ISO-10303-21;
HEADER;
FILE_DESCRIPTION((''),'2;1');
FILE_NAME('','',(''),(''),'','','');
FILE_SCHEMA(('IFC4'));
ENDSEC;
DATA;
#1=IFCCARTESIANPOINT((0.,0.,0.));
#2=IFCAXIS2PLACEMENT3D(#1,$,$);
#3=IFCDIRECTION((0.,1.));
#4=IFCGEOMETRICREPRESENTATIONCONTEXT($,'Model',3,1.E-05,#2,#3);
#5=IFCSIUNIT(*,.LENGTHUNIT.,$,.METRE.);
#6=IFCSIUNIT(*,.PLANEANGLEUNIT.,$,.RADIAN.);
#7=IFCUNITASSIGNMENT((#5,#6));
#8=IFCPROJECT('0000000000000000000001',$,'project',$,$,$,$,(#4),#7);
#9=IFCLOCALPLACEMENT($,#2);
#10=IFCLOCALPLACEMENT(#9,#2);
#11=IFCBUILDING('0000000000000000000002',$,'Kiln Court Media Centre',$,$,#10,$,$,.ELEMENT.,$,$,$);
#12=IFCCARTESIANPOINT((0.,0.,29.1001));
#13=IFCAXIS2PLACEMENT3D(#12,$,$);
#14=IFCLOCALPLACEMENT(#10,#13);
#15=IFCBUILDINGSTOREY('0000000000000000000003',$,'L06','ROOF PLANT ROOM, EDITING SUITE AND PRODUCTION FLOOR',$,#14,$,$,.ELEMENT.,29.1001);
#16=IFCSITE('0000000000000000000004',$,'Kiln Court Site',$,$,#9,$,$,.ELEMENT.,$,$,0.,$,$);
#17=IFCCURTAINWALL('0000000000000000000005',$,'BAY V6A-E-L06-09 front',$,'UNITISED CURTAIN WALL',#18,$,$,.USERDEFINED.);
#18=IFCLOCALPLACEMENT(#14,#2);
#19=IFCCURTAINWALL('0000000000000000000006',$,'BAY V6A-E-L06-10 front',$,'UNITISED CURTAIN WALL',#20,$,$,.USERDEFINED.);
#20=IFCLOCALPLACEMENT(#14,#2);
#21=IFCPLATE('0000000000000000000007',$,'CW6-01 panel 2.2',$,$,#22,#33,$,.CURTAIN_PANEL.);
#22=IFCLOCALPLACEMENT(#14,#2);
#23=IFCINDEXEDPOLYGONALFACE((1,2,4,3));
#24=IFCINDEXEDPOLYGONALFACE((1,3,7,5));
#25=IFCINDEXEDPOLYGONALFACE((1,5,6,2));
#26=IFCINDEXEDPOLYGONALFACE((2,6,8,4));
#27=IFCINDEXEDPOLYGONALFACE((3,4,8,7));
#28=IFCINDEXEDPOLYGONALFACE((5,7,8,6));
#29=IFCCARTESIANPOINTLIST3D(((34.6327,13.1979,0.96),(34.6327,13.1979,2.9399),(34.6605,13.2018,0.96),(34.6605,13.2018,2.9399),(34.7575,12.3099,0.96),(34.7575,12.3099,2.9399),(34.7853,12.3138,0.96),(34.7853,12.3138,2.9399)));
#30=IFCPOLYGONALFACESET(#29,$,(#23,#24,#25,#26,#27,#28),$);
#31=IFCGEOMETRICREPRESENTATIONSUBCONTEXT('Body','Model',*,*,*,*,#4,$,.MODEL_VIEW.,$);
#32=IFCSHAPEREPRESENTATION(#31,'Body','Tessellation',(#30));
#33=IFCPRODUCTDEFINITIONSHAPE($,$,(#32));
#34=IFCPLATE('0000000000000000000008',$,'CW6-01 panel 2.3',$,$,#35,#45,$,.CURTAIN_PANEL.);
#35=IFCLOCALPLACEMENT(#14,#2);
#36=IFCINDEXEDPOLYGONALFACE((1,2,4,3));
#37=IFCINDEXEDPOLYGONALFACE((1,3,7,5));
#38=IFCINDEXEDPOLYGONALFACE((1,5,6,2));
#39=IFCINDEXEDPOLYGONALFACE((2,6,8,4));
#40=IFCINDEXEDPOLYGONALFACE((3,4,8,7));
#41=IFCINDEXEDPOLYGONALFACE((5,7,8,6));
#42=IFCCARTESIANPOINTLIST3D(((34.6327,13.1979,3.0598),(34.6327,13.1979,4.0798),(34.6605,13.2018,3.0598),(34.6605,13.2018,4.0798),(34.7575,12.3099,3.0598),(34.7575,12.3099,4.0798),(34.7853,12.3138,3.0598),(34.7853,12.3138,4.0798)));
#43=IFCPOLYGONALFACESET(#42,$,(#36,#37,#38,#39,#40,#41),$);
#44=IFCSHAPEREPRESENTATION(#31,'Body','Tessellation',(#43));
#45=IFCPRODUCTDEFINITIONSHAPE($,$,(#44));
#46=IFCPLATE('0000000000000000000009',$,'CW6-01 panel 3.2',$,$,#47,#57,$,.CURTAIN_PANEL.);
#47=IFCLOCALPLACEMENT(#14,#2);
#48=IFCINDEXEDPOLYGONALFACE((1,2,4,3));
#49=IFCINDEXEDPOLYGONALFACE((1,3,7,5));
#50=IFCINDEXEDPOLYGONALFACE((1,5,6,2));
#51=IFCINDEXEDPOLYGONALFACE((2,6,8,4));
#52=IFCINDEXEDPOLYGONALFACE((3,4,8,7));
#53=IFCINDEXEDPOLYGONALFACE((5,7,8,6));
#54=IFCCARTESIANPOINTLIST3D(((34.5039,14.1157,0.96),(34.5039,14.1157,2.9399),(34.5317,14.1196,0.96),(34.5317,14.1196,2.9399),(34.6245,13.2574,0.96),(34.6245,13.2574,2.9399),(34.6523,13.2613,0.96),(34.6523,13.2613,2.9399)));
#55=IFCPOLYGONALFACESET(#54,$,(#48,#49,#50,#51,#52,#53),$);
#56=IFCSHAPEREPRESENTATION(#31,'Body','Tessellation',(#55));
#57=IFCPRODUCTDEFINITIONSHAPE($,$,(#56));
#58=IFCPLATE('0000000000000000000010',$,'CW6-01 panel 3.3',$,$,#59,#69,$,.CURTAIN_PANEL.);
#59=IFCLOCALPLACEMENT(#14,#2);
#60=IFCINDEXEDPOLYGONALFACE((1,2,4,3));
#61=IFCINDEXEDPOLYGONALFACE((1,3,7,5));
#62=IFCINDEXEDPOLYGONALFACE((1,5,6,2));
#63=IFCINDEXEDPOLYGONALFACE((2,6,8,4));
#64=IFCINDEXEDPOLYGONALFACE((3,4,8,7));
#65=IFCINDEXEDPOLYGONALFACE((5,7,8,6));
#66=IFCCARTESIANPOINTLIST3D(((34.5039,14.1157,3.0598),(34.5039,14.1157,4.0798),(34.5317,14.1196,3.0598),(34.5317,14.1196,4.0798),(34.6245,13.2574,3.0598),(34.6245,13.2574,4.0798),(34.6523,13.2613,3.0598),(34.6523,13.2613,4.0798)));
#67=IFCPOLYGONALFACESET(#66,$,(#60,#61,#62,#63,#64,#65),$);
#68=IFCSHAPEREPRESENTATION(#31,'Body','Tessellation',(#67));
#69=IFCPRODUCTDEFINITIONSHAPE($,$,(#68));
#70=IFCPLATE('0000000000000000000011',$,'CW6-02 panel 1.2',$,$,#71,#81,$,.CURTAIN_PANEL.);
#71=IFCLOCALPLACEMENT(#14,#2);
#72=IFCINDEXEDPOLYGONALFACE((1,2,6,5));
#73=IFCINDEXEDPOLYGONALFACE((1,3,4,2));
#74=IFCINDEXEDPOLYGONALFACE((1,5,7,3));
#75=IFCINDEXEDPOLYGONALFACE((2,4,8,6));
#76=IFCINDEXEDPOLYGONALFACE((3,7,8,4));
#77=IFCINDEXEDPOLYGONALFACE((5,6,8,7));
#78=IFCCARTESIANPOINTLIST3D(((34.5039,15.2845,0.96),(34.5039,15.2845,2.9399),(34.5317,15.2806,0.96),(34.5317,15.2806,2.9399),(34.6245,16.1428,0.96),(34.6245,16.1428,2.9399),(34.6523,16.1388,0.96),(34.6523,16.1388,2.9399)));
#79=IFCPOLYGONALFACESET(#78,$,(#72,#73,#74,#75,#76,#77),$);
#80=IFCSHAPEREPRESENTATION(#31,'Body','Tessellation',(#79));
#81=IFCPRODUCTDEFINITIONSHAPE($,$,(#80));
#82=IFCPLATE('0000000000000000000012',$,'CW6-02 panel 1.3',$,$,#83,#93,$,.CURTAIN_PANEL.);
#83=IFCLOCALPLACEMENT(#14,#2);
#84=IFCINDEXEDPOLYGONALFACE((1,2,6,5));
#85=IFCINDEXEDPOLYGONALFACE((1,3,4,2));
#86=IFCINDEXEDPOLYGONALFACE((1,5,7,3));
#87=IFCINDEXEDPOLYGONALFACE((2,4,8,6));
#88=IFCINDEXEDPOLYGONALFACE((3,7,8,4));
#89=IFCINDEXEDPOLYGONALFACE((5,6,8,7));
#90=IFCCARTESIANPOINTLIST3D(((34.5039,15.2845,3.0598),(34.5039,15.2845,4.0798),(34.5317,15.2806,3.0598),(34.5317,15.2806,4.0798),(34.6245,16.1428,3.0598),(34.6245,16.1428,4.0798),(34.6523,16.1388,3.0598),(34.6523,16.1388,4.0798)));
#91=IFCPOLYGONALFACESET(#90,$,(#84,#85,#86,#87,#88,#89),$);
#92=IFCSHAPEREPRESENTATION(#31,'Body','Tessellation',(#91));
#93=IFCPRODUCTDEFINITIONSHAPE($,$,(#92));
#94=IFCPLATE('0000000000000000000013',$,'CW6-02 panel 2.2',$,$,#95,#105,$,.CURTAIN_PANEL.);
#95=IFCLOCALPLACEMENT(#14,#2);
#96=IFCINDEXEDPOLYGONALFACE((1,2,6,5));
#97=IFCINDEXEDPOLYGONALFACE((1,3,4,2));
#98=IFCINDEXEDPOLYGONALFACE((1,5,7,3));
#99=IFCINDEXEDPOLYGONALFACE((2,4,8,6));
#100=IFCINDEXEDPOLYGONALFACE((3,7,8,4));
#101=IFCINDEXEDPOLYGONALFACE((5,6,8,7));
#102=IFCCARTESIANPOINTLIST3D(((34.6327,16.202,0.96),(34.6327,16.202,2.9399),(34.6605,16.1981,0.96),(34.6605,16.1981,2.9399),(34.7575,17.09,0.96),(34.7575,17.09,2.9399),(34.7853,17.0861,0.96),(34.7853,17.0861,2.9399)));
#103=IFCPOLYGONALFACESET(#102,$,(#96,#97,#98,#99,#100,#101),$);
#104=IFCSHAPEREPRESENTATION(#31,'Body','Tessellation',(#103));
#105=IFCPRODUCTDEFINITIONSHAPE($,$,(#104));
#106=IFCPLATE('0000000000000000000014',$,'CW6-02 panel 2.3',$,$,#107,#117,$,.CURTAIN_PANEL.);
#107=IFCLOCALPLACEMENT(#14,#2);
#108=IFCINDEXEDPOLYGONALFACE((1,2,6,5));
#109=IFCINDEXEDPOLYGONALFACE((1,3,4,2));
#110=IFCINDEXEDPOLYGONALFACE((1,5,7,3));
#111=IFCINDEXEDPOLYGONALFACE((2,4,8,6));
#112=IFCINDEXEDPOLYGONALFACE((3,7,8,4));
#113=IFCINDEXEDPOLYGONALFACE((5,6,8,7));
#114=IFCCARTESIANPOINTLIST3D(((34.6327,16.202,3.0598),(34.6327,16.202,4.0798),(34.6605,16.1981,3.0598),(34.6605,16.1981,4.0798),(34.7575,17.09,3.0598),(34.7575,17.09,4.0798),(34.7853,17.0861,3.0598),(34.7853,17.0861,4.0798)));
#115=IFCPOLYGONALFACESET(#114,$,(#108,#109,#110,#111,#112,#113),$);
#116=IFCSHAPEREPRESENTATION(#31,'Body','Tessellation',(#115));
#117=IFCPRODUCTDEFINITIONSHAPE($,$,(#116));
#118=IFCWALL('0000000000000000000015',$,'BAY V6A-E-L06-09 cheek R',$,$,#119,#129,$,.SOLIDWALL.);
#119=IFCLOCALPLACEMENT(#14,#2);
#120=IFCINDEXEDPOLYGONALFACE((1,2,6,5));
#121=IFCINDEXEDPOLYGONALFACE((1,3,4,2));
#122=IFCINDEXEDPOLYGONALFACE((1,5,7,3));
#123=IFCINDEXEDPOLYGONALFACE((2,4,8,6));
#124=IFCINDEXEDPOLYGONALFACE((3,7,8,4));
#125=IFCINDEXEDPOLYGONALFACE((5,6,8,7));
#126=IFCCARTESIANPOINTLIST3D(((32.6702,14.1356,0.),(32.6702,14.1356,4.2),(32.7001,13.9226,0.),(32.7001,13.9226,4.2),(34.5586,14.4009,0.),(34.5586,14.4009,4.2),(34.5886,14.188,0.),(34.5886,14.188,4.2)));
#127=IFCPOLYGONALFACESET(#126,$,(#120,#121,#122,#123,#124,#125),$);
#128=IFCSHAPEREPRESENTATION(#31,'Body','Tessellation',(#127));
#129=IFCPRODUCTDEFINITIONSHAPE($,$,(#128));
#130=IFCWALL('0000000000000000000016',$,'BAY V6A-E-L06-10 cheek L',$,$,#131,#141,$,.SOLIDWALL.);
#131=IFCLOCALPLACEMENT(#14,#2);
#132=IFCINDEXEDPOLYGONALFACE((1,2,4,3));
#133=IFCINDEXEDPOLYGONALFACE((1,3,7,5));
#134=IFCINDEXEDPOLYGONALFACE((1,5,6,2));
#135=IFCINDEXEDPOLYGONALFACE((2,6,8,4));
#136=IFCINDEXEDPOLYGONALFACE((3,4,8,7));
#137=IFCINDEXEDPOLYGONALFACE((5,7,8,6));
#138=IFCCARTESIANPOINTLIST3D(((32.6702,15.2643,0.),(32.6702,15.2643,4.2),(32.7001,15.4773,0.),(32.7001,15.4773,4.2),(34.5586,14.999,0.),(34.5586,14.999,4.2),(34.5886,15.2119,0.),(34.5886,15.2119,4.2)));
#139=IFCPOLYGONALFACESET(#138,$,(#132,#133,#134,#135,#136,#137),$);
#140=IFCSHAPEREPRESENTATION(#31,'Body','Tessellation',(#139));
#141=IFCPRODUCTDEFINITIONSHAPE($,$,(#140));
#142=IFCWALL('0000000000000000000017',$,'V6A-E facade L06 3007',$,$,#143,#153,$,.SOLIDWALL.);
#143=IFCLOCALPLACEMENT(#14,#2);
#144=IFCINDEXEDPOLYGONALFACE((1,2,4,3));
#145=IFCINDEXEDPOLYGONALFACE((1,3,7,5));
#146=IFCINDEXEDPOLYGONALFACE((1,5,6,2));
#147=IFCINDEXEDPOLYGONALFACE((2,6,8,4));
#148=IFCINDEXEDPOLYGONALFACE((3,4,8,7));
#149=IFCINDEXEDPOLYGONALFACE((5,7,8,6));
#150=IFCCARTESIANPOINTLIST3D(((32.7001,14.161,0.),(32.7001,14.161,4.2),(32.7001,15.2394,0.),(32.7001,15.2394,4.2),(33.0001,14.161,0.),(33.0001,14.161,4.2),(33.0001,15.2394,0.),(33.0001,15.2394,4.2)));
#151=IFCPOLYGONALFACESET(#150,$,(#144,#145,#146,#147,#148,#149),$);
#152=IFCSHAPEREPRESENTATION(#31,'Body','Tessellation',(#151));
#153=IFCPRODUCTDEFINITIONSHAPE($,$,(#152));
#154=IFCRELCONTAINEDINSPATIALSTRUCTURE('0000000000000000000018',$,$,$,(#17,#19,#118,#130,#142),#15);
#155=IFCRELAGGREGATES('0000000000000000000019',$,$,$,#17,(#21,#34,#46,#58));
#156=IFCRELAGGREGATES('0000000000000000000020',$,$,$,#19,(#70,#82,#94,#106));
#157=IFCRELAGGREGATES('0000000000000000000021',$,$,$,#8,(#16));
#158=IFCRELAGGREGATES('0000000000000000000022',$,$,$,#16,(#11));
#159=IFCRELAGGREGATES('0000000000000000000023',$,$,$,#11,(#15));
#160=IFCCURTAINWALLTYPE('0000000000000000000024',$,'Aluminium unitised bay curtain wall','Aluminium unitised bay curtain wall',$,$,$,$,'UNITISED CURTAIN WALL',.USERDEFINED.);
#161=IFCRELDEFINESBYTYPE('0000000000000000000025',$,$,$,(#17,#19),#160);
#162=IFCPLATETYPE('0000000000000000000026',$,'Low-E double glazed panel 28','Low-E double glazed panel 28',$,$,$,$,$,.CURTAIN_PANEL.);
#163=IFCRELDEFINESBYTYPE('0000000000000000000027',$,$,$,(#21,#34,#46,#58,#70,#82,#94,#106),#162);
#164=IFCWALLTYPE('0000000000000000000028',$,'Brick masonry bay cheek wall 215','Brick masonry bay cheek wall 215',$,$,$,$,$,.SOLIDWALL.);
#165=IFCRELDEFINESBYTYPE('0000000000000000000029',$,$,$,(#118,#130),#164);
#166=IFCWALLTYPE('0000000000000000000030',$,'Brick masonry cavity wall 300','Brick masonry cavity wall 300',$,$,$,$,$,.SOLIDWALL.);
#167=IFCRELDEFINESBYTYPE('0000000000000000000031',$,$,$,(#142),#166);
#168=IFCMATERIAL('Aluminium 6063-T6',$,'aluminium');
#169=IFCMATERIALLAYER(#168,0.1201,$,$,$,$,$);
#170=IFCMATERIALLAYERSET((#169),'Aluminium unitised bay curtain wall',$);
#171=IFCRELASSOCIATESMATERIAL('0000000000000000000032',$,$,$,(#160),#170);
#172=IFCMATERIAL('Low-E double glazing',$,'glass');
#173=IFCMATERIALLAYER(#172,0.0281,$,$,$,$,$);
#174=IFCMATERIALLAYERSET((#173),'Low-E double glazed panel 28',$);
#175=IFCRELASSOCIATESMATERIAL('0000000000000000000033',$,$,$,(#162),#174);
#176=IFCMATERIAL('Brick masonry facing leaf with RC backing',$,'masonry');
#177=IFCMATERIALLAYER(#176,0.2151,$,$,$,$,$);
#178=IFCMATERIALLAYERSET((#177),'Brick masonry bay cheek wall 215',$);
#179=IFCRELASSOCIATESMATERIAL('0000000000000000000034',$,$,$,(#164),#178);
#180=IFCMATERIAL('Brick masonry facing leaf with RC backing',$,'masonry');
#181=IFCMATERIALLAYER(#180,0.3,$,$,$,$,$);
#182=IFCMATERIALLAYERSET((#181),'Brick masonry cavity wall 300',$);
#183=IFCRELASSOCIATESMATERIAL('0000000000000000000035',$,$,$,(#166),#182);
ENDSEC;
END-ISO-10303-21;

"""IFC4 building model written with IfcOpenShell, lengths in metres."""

from ifc_helpers import new_model, si_unit, direction, frame, frame_2d, origin, origin_2d, place, context, subcontext, project, spatial, rectangle, extrude, material, layer, layer_set, type_object, element, aggregate, save


model = new_model("IFC4")

# Units and contexts
model_context = context("Model", 3, precision=1e-05, world=origin(), true_north=direction((0.0, 1.0)))
body_context = subcontext(model_context, "Body", "Model", "MODEL_VIEW")
ifc_project = project(units=[si_unit("LENGTHUNIT", "METRE"), si_unit("PLANEANGLEUNIT", "RADIAN")], contexts=[model_context])

# Site, building, storey
site_placement = place(None, origin())
site = spatial("IfcSite", under=ifc_project, at=site_placement, Name="Kiln Court Site", CompositionType="ELEMENT", RefElevation=0.0)
building_placement = place(site_placement, origin())
building = spatial("IfcBuilding", under=site, at=building_placement, Name="Kiln Court Media Centre", CompositionType="ELEMENT")
storey_placement = place(building_placement, frame((0.0, 0.0, 29.1001)))
storey = spatial("IfcBuildingStorey", under=building, at=storey_placement, Name="L06", Description="ROOF PLANT ROOM, EDITING SUITE AND PRODUCTION FLOOR", CompositionType="ELEMENT", Elevation=29.1001)

# Curtain walls
ifc_material_1 = material(Name="Aluminium 6063-T6", Category="aluminium")
ifc_layer_1 = layer(ifc_material_1, 0.1201)
ifc_layer_set_1 = layer_set([ifc_layer_1], Name="Aluminium unitised bay curtain wall")
curtain_wall_type = type_object("IfcCurtainWallType", Name="Aluminium unitised bay curtain wall", Description="Aluminium unitised bay curtain wall", ElementType="UNITISED CURTAIN WALL", PredefinedType="USERDEFINED", material=ifc_layer_set_1)
curtain_wall_1_placement = place(storey_placement, origin())
curtain_wall_1 = element("IfcCurtainWall", 1, at=curtain_wall_1_placement, inside=storey, type_object=curtain_wall_type, Name="BAY V6A-E-L06-09 front", ObjectType="UNITISED CURTAIN WALL", PredefinedType="USERDEFINED")
curtain_wall_2_placement = place(storey_placement, origin())
curtain_wall_2 = element("IfcCurtainWall", 2, at=curtain_wall_2_placement, inside=storey, type_object=curtain_wall_type, Name="BAY V6A-E-L06-10 front", ObjectType="UNITISED CURTAIN WALL", PredefinedType="USERDEFINED")

# Plates
ifc_material_2 = material(Name="Low-E double glazing", Category="glass")
ifc_layer_2 = layer(ifc_material_2, 0.0281)
ifc_layer_set_2 = layer_set([ifc_layer_2], Name="Low-E double glazed panel 28")
plate_type_1 = type_object("IfcPlateType", Name="Low-E double glazed panel 28", Description="Low-E double glazed panel 28", PredefinedType="CURTAIN_PANEL", material=ifc_layer_set_2)
plate_1_placement = place(storey_placement, frame((34.709, 12.7559, 0.96), z_axis=(0.0, 0.0, 1.0), x_axis=(-0.139162, 0.99027, 0.0)))
plate_1 = element("IfcPlate", 3, at=plate_1_placement, type_object=plate_type_1, Name="CW6-01 panel 2.2", PredefinedType="CURTAIN_PANEL", context=body_context, shape_type="SweptSolid", body=[
    extrude(rectangle(XDim=0.8967, YDim=0.0281, at=origin_2d()), origin(), (0.0, 0.0, 1.0), 1.98),
])
plate_2_placement = place(storey_placement, frame((34.709, 12.7559, 3.0598), z_axis=(0.0, 0.0, 1.0), x_axis=(-0.139162, 0.99027, 0.0)))
plate_2 = element("IfcPlate", 4, at=plate_2_placement, type_object=plate_type_1, Name="CW6-01 panel 2.3", PredefinedType="CURTAIN_PANEL", context=body_context, shape_type="SweptSolid", body=[
    extrude(rectangle(XDim=0.8967, YDim=0.0281, at=origin_2d()), origin(), (0.0, 0.0, 1.0), 1.02),
])
plate_3_placement = place(storey_placement, frame((34.5781, 13.6885, 0.96), z_axis=(0.0, 0.0, 1.0), x_axis=(-0.139162, 0.99027, 0.0)))
plate_3 = element("IfcPlate", 5, at=plate_3_placement, type_object=plate_type_1, Name="CW6-01 panel 3.2", PredefinedType="CURTAIN_PANEL", context=body_context, shape_type="SweptSolid", body=[
    extrude(rectangle(XDim=0.8667, YDim=0.0281, at=origin_2d()), origin(), (0.0, 0.0, 1.0), 1.98),
])
plate_4_placement = place(storey_placement, frame((34.5781, 13.6885, 3.0598), z_axis=(0.0, 0.0, 1.0), x_axis=(-0.139162, 0.99027, 0.0)))
plate_4 = element("IfcPlate", 6, at=plate_4_placement, type_object=plate_type_1, Name="CW6-01 panel 3.3", PredefinedType="CURTAIN_PANEL", context=body_context, shape_type="SweptSolid", body=[
    extrude(rectangle(XDim=0.8667, YDim=0.0281, at=origin_2d()), origin(), (0.0, 0.0, 1.0), 1.02),
])
aggregate(curtain_wall_1, [plate_1, plate_2, plate_3, plate_4])
plate_5_placement = place(storey_placement, frame((34.5781, 15.7117, 0.96), z_axis=(0.0, 0.0, 1.0), x_axis=(0.139162, 0.99027, 0.0)))
plate_5 = element("IfcPlate", 7, at=plate_5_placement, type_object=plate_type_1, Name="CW6-02 panel 1.2", PredefinedType="CURTAIN_PANEL", context=body_context, shape_type="SweptSolid", body=[
    extrude(rectangle(XDim=0.8667, YDim=0.0281, at=origin_2d()), origin(), (0.0, 0.0, 1.0), 1.98),
])
plate_6_placement = place(storey_placement, frame((34.5781, 15.7117, 3.0598), z_axis=(0.0, 0.0, 1.0), x_axis=(0.139162, 0.99027, 0.0)))
plate_6 = element("IfcPlate", 8, at=plate_6_placement, type_object=plate_type_1, Name="CW6-02 panel 1.3", PredefinedType="CURTAIN_PANEL", context=body_context, shape_type="SweptSolid", body=[
    extrude(rectangle(XDim=0.8667, YDim=0.0281, at=origin_2d()), origin(), (0.0, 0.0, 1.0), 1.02),
])
plate_7_placement = place(storey_placement, frame((34.709, 16.644, 0.96), z_axis=(0.0, 0.0, 1.0), x_axis=(0.139162, 0.99027, 0.0)))
plate_7 = element("IfcPlate", 9, at=plate_7_placement, type_object=plate_type_1, Name="CW6-02 panel 2.2", PredefinedType="CURTAIN_PANEL", context=body_context, shape_type="SweptSolid", body=[
    extrude(rectangle(XDim=0.8967, YDim=0.0281, at=origin_2d()), origin(), (0.0, 0.0, 1.0), 1.98),
])
plate_8_placement = place(storey_placement, frame((34.709, 16.644, 3.0598), z_axis=(0.0, 0.0, 1.0), x_axis=(0.139162, 0.99027, 0.0)))
plate_8 = element("IfcPlate", 10, at=plate_8_placement, type_object=plate_type_1, Name="CW6-02 panel 2.3", PredefinedType="CURTAIN_PANEL", context=body_context, shape_type="SweptSolid", body=[
    extrude(rectangle(XDim=0.8967, YDim=0.0281, at=origin_2d()), origin(), (0.0, 0.0, 1.0), 1.02),
])
aggregate(curtain_wall_2, [plate_5, plate_6, plate_7, plate_8])

# Walls
ifc_material_3 = material(Name="Brick masonry facing leaf with RC backing", Category="masonry")
ifc_layer_3 = layer(ifc_material_3, 0.2151)
ifc_layer_set_3 = layer_set([ifc_layer_3], Name="Brick masonry bay cheek wall 215")
wall_type_1 = type_object("IfcWallType", Name="Brick masonry bay cheek wall 215", Description="Brick masonry bay cheek wall 215", PredefinedType="SOLIDWALL", material=ifc_layer_set_3)
for number, where, z_axis, x_axis, name in (
    (11, (32.6851, 14.0291, 0.0), (0.0, 0.0, 1.0), (0.99027, 0.139163, 0.0), "BAY V6A-E-L06-09 cheek R"),
    (12, (32.6851, 15.3708, 0.0), (0.0, 0.0, 1.0), (0.99027, -0.139163, 0.0), "BAY V6A-E-L06-10 cheek L"),
):
    element("IfcWall", number, at=place(storey_placement, frame(where, z_axis=z_axis, x_axis=x_axis)), inside=storey, type_object=wall_type_1, Name=name, PredefinedType="SOLIDWALL", context=body_context, shape_type="SweptSolid", body=[
        extrude(rectangle(XDim=1.907, YDim=0.2151, at=frame_2d((0.9536, 0.0))), origin(), (0.0, 0.0, 1.0), 4.2),
    ])
ifc_material_4 = material(Name="Brick masonry facing leaf with RC backing", Category="masonry")
ifc_layer_4 = layer(ifc_material_4, 0.3)
ifc_layer_set_4 = layer_set([ifc_layer_4], Name="Brick masonry cavity wall 300")
wall_type_2 = type_object("IfcWallType", Name="Brick masonry cavity wall 300", Description="Brick masonry cavity wall 300", PredefinedType="SOLIDWALL", material=ifc_layer_set_4)
wall_placement = place(storey_placement, frame((32.8501, 15.2393, 0.0), z_axis=(0.0, 0.0, 1.0), x_axis=(0.0, -1.0, 0.0)))
element("IfcWall", 13, at=wall_placement, inside=storey, type_object=wall_type_2, Name="V6A-E facade L06 3007", PredefinedType="SOLIDWALL", context=body_context, shape_type="SweptSolid", body=[
    extrude(rectangle(XDim=1.0784, YDim=0.3, at=frame_2d((0.5391, 0.0))), origin(), (0.0, 0.0, 1.0), 4.2),
])

save(model, "model.ifc")
